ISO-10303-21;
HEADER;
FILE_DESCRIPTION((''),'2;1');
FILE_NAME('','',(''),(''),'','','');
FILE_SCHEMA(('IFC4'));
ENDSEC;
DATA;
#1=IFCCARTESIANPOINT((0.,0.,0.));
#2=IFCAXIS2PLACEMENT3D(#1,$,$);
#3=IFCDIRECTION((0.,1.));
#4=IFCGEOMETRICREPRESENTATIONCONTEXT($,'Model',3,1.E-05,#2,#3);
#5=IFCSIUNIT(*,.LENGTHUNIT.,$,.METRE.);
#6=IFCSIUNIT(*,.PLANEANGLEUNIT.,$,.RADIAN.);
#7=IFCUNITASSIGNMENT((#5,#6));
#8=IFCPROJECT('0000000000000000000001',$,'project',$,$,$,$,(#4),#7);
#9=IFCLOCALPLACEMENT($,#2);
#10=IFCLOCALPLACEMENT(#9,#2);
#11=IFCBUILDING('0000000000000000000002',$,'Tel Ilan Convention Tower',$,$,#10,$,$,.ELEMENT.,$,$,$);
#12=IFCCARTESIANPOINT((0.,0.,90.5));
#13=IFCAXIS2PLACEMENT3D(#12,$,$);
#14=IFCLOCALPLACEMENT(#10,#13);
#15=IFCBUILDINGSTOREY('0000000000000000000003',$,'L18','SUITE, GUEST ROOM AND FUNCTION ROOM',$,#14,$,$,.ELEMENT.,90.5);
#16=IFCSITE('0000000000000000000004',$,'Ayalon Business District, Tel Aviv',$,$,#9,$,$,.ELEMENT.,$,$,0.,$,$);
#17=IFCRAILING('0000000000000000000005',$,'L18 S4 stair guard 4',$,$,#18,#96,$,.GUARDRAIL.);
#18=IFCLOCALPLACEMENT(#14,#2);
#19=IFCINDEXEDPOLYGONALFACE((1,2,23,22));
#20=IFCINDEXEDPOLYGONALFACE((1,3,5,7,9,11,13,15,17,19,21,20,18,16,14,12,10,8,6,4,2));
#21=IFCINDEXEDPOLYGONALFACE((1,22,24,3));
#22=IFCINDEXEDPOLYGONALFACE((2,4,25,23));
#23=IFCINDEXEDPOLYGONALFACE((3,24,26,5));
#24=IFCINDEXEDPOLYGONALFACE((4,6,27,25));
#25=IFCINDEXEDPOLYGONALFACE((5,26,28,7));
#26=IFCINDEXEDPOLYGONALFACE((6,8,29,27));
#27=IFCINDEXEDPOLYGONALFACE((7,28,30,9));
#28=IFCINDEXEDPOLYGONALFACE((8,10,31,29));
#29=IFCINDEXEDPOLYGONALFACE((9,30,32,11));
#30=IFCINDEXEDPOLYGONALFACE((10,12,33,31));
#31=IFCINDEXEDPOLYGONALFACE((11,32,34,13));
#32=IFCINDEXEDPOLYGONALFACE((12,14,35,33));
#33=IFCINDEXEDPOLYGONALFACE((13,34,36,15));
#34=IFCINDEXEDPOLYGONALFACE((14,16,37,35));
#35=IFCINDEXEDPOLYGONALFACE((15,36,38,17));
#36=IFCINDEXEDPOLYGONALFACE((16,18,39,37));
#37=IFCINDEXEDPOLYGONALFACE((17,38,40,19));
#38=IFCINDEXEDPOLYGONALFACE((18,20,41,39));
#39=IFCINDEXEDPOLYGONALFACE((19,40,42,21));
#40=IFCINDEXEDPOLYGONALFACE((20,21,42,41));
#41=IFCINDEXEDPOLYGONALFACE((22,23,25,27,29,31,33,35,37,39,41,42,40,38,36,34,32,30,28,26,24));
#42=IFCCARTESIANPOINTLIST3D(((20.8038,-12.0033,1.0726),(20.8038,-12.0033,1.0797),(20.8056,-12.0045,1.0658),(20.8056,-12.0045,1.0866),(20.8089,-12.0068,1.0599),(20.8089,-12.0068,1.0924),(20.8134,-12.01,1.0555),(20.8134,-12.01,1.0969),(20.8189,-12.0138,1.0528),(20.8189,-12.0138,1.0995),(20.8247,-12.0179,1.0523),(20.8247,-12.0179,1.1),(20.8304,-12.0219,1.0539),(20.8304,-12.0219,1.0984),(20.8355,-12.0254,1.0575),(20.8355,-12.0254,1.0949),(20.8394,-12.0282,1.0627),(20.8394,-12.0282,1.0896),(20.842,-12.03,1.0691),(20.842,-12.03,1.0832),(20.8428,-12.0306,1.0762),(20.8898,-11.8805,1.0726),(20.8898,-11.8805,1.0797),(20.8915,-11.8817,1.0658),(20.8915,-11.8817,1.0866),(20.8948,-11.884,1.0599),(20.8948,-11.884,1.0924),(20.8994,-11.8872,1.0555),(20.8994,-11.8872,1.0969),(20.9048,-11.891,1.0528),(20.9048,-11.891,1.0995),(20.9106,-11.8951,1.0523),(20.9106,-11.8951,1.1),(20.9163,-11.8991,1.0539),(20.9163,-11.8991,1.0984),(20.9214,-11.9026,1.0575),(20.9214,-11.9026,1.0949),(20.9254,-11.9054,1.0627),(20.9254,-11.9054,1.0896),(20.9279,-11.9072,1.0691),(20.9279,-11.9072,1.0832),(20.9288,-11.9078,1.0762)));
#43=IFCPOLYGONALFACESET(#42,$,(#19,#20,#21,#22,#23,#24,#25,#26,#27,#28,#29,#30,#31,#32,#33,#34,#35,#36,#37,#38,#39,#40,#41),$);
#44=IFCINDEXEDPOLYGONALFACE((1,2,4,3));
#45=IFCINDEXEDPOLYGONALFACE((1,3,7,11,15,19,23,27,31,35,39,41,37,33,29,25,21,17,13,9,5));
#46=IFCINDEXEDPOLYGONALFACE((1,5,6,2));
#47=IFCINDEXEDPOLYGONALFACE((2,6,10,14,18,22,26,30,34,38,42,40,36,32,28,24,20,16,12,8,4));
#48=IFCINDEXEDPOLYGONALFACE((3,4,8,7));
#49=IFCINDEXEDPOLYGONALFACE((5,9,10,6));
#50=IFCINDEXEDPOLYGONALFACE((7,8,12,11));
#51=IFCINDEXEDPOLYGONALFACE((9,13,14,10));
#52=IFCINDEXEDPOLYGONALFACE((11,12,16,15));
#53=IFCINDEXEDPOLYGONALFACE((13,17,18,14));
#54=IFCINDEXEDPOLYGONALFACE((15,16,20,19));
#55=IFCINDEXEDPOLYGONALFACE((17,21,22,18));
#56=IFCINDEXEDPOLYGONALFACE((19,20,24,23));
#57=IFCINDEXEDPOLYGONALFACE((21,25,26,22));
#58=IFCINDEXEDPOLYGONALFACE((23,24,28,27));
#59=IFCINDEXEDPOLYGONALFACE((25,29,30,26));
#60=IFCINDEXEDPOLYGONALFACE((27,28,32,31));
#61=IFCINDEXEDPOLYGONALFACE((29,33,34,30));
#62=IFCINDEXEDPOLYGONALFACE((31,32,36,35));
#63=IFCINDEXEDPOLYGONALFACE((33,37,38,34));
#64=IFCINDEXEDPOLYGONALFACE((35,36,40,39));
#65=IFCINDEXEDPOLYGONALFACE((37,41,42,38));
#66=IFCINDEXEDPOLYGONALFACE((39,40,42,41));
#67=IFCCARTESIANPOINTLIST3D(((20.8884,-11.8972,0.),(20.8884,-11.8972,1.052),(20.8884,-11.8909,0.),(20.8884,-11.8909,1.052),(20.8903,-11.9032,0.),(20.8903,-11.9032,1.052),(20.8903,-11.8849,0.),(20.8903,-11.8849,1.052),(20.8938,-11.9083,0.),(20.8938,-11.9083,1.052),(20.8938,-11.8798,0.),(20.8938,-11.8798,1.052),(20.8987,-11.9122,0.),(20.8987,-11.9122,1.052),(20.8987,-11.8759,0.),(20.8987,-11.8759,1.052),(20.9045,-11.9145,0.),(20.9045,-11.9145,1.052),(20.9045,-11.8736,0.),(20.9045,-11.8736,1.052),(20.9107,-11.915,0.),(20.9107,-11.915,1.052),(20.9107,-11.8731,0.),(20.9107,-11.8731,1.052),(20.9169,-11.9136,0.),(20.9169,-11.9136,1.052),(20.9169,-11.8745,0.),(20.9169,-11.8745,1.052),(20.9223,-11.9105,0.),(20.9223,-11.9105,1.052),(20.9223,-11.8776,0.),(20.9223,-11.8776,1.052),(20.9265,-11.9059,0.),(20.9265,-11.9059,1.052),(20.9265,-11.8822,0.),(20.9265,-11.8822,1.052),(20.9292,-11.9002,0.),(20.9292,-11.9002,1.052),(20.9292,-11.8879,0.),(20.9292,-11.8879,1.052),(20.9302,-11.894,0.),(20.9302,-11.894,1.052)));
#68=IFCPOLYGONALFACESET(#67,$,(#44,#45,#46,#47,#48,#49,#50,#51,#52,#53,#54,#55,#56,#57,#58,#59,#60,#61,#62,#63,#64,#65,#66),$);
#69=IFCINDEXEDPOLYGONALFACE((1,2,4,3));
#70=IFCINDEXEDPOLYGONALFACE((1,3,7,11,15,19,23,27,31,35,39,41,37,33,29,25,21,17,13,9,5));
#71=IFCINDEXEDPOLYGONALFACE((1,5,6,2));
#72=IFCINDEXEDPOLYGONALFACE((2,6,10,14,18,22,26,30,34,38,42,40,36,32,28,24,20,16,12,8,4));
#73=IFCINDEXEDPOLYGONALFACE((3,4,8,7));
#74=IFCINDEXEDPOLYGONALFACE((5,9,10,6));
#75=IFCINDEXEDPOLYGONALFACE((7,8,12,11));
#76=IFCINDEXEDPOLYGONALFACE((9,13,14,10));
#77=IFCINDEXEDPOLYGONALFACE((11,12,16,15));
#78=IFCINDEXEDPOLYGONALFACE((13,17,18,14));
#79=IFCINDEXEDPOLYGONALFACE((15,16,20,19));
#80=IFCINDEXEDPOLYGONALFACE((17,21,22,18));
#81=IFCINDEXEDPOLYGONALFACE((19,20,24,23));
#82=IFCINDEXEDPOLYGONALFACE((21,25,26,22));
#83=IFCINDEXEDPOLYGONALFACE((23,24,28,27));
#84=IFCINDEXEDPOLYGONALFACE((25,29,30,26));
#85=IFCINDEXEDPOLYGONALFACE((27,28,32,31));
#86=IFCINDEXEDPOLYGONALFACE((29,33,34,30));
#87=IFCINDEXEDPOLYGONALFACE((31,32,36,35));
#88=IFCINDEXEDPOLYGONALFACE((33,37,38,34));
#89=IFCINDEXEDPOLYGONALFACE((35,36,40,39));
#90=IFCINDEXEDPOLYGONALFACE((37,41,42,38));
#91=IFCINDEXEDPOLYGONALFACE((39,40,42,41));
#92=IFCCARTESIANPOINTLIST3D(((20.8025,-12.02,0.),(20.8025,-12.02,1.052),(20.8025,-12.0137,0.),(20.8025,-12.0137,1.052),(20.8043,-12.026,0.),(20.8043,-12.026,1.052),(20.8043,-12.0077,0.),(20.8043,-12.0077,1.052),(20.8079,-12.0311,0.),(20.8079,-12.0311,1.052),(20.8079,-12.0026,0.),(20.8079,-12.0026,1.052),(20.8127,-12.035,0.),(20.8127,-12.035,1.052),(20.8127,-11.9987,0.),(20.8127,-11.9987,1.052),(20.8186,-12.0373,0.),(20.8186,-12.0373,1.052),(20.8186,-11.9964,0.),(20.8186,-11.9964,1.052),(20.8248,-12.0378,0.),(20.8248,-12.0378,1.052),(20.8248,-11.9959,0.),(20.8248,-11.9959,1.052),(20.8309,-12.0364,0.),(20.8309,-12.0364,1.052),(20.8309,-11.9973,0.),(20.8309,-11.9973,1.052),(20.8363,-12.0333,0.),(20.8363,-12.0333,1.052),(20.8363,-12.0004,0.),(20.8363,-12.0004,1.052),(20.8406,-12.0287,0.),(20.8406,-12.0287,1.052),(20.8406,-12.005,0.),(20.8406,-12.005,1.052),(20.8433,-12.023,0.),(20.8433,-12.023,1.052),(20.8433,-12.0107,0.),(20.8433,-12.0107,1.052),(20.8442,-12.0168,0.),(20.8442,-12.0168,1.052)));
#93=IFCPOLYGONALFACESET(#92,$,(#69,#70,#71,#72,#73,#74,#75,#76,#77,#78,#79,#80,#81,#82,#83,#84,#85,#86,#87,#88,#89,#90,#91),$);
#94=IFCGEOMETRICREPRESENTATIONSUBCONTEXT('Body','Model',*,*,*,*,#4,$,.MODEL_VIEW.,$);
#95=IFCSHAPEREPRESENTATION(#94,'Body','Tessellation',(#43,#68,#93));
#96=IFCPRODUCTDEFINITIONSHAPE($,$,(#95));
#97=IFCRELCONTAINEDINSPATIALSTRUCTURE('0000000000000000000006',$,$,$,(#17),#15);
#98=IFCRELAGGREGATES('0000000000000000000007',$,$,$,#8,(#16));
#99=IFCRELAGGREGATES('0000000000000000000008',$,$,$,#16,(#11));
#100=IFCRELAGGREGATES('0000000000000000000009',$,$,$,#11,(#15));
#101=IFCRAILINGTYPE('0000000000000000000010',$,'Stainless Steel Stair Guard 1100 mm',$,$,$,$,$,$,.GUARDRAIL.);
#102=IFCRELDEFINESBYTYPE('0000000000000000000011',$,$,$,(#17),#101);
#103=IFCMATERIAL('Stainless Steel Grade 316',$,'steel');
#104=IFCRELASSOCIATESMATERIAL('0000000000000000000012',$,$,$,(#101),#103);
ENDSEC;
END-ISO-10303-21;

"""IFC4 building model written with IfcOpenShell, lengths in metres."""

from ifc_helpers import new_model, si_unit, direction, frame, origin, origin_2d, place, context, subcontext, project, spatial, circle, extrude, material, type_object, element, save


model = new_model("IFC4")

# Units and contexts
model_context = context("Model", 3, precision=1e-05, world=origin(), true_north=direction((0.0, 1.0)))
body_context = subcontext(model_context, "Body", "Model", "MODEL_VIEW")
ifc_project = project(units=[si_unit("LENGTHUNIT", "METRE"), si_unit("PLANEANGLEUNIT", "RADIAN")], contexts=[model_context])

# Site, building, storey
site_placement = place(None, origin())
site = spatial("IfcSite", under=ifc_project, at=site_placement, Name="Ayalon Business District, Tel Aviv", CompositionType="ELEMENT", RefElevation=0.0)
building_placement = place(site_placement, origin())
building = spatial("IfcBuilding", under=site, at=building_placement, Name="Tel Ilan Convention Tower", CompositionType="ELEMENT")
storey_placement = place(building_placement, frame((0.0, 0.0, 90.5)))
storey = spatial("IfcBuildingStorey", under=building, at=storey_placement, Name="L18", Description="SUITE, GUEST ROOM AND FUNCTION ROOM", CompositionType="ELEMENT", Elevation=90.5)

# Railing
ifc_material_1 = material(Name="Stainless Steel Grade 316", Category="steel")
railing_type_1 = type_object("IfcRailingType", Name="Stainless Steel Stair Guard 1100 mm", PredefinedType="GUARDRAIL", material=ifc_material_1)
railing_1_placement = place(storey_placement, frame((20.9092, -11.894, 0.0)))
element("IfcRailing", 1, at=railing_1_placement, inside=storey, type_object=railing_type_1, Name="L18 S4 stair guard 4", PredefinedType="GUARDRAIL", context=body_context, shape_type="SweptSolid", body=[
    extrude(circle(Radius=0.0239, at=origin_2d()), frame((0.0, 0.0, 1.0762), z_axis=(-0.573353, -0.819308, 0.0), x_axis=(0.819308, -0.573353, 0.0)), (0.0, 0.0, 1.0), 0.1499),
    extrude(circle(Radius=0.021, at=origin_2d()), origin(), (0.0, 0.0, 1.0), 1.052),
    extrude(circle(Radius=0.021, at=origin_2d()), frame((-0.0859, -0.1228, 0.0)), (0.0, 0.0, 1.0), 1.052),
])

save(model, "model.ifc")
